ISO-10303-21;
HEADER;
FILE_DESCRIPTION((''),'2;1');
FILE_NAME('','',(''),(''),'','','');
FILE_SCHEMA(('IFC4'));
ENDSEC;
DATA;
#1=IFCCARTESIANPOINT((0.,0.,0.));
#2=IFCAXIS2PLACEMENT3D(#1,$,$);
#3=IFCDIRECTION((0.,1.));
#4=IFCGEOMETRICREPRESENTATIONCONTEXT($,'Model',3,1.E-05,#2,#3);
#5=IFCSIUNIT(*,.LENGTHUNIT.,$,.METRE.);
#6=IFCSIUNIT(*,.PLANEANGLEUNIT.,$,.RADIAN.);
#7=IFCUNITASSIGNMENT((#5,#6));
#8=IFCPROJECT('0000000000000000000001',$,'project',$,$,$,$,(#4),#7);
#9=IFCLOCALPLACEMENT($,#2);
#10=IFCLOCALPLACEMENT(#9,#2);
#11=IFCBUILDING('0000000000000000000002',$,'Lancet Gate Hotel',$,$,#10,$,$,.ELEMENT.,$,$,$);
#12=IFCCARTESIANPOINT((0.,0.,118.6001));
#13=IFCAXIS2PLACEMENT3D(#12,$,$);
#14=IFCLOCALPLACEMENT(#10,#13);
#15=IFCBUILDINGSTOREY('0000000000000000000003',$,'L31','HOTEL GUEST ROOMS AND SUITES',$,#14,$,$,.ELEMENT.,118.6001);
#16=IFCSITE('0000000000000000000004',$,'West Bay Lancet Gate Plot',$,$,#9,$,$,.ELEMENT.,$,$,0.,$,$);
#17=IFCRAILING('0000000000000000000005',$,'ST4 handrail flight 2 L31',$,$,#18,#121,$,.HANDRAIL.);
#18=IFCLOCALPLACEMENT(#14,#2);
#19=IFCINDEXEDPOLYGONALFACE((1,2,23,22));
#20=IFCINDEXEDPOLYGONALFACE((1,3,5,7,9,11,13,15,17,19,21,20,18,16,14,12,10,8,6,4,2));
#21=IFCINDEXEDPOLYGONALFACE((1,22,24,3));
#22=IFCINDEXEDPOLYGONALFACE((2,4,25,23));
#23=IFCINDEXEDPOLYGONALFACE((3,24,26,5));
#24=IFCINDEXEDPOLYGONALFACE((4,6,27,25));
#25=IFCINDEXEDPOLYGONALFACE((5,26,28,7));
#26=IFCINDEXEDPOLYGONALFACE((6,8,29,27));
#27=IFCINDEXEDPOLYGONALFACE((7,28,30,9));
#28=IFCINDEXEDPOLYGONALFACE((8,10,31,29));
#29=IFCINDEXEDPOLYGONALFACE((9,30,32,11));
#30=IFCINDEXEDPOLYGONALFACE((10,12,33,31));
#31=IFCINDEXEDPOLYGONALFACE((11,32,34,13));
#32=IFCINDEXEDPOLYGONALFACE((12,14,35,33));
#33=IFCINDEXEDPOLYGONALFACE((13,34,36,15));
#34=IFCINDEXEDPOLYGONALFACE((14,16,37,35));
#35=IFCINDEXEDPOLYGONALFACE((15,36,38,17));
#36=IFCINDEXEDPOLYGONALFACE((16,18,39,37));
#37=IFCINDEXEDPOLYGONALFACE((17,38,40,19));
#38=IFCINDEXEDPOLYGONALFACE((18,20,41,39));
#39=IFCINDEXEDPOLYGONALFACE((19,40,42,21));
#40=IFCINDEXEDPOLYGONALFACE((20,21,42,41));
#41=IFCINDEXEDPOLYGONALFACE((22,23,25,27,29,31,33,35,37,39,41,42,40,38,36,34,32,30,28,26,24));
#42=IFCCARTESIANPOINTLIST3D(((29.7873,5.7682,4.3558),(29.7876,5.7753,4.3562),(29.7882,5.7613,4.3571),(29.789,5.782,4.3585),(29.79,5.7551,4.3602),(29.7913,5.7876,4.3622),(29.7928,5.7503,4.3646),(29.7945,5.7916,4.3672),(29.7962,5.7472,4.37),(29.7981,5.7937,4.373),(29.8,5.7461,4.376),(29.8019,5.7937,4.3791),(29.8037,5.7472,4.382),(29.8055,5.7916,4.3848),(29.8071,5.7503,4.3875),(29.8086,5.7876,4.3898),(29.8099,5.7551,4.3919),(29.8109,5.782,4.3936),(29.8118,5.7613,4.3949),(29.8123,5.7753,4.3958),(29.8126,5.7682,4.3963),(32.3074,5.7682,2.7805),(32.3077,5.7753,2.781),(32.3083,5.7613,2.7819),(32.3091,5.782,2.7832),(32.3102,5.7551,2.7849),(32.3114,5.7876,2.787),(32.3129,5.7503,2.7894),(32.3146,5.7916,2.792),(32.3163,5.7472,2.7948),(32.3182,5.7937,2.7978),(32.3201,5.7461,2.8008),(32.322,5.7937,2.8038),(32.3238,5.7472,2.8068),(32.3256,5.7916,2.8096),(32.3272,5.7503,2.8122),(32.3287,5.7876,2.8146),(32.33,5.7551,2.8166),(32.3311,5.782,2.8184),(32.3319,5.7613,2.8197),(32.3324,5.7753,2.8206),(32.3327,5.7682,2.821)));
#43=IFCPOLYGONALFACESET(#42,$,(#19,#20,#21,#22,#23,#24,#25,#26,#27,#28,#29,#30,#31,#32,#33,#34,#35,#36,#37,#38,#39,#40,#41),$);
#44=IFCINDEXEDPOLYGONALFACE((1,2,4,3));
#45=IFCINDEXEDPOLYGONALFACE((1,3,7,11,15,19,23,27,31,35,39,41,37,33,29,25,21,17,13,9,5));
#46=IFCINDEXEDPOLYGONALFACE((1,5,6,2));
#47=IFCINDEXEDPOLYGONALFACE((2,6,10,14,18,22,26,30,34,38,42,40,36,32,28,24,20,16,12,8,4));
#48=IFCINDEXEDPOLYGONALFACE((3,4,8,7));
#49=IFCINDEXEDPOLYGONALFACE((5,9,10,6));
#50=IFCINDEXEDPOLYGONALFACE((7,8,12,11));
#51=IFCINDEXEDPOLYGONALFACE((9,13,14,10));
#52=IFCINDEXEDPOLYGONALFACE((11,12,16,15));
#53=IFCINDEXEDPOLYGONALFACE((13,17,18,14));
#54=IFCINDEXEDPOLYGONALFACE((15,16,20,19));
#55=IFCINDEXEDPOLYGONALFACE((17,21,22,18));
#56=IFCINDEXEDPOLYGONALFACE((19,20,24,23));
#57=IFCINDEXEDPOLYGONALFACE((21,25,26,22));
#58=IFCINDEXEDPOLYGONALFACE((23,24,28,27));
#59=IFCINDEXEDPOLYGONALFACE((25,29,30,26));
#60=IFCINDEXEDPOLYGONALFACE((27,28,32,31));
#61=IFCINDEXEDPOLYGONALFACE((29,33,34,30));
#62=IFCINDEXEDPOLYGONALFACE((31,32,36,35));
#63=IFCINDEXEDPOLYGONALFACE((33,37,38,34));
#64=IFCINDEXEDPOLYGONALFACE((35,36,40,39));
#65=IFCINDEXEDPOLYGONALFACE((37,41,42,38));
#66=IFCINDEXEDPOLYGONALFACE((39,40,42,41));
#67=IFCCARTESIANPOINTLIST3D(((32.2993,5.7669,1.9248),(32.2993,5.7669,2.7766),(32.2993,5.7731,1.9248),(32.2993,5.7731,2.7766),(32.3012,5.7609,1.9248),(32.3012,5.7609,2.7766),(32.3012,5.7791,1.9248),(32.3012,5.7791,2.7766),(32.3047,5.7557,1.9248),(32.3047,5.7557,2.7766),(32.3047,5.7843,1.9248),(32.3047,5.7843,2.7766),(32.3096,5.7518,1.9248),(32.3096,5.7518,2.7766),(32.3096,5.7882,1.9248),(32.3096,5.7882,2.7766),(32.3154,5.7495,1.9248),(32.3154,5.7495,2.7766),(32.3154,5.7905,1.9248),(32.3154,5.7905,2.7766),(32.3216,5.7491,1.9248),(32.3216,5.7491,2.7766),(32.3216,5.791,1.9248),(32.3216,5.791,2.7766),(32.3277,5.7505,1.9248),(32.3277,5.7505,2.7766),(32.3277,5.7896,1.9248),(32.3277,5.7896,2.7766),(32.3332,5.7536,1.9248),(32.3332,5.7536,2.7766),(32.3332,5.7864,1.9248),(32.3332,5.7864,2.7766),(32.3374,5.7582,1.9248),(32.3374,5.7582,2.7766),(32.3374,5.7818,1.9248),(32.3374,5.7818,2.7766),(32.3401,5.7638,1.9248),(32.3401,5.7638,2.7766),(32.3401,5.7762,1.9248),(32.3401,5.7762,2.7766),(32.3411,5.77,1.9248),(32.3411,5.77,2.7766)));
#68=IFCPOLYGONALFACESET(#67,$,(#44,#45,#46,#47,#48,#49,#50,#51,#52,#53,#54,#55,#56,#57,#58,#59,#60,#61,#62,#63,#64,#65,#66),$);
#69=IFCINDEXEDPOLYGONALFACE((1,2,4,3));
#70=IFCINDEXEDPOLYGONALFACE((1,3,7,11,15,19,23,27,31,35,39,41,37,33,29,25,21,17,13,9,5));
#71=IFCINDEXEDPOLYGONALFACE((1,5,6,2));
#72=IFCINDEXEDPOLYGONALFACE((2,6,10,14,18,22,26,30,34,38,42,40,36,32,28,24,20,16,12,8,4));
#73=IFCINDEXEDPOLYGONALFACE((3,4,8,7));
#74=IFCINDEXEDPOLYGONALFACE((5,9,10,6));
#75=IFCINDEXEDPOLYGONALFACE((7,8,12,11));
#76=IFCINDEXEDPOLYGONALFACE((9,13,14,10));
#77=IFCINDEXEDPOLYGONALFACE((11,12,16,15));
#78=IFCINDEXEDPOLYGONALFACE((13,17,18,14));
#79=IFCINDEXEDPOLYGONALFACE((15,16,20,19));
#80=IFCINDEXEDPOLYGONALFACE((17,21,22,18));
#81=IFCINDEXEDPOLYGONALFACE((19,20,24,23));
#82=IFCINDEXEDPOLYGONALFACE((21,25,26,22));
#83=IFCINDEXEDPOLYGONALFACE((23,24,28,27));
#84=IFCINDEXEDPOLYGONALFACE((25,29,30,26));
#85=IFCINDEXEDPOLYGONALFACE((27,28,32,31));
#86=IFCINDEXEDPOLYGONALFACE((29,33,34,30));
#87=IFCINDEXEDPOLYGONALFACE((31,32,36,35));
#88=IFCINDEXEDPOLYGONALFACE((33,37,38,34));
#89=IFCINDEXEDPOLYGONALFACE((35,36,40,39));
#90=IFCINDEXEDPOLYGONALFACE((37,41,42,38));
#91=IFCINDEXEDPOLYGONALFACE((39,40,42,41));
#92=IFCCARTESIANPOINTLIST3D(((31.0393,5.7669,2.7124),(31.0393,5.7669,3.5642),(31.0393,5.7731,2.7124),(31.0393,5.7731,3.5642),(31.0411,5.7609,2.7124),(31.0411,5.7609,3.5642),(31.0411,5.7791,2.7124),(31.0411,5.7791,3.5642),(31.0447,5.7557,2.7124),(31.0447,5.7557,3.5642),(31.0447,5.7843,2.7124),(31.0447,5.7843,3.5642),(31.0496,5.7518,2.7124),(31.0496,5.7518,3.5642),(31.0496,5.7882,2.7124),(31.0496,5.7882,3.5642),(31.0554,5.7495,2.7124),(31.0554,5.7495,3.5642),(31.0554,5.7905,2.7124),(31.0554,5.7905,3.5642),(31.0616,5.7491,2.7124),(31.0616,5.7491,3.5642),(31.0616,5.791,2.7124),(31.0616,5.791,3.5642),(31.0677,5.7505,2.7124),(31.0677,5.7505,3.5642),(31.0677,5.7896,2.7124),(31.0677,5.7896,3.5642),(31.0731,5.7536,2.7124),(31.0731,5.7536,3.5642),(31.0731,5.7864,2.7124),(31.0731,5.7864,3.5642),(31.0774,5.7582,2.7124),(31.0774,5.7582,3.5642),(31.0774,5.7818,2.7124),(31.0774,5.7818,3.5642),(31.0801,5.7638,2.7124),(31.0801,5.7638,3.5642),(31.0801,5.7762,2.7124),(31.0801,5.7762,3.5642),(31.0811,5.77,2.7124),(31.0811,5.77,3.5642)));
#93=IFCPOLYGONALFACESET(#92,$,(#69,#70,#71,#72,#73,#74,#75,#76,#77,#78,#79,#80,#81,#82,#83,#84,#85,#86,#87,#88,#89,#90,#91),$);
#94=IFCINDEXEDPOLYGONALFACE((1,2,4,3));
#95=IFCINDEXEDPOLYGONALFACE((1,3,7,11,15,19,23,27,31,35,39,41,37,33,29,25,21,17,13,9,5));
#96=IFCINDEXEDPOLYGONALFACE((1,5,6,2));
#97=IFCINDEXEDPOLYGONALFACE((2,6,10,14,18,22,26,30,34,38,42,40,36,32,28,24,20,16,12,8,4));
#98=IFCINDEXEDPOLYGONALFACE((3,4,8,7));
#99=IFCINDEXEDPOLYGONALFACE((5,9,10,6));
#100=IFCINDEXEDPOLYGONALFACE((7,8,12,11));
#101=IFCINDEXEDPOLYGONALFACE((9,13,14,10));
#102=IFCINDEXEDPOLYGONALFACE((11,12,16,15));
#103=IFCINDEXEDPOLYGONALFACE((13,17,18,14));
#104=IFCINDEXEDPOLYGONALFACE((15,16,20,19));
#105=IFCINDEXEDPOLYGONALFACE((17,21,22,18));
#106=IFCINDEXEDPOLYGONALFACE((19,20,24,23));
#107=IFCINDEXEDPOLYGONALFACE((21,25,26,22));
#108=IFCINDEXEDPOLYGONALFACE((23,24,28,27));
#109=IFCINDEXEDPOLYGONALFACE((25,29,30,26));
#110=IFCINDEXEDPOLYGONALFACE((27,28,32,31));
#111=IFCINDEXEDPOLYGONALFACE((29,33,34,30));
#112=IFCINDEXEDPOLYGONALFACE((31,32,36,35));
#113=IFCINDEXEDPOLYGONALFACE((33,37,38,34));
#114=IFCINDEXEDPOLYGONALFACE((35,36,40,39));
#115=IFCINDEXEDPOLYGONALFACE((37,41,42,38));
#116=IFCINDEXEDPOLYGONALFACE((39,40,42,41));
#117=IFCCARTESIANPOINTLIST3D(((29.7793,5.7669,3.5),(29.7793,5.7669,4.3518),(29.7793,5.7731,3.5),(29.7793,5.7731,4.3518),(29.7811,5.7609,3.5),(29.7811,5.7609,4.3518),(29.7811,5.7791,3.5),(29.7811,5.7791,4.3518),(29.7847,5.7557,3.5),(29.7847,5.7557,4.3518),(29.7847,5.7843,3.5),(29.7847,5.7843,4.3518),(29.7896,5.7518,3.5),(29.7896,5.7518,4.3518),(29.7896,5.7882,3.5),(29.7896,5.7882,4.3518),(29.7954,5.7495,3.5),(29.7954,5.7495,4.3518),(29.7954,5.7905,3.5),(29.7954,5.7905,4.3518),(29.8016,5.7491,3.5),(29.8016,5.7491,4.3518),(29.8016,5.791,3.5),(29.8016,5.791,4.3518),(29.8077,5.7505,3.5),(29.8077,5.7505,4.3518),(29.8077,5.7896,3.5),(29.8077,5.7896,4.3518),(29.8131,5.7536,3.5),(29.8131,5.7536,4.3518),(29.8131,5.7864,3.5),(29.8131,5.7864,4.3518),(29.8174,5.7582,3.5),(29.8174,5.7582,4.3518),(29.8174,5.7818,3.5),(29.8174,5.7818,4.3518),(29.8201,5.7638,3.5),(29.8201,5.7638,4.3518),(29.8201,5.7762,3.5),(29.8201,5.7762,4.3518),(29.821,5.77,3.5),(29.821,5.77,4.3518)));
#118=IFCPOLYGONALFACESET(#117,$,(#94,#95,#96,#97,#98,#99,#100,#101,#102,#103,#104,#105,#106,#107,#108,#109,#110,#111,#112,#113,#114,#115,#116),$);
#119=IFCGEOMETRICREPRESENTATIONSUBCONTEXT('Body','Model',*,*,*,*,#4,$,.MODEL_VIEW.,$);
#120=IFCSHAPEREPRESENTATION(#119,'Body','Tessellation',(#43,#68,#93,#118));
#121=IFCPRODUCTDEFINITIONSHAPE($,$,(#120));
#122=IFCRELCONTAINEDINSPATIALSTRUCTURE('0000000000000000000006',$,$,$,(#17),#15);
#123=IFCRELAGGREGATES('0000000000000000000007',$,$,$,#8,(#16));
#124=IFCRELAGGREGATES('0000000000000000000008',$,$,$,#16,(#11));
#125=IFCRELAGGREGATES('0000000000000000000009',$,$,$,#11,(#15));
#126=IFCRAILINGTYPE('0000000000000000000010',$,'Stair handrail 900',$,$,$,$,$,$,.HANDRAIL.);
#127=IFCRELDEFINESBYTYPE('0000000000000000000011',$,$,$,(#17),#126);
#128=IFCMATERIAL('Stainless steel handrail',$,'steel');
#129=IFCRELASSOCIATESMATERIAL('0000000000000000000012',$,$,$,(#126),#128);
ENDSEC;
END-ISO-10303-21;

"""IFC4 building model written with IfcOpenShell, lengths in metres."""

from ifc_helpers import new_model, si_unit, direction, frame, origin, origin_2d, place, context, subcontext, project, spatial, circle, extrude, material, type_object, element, save


model = new_model("IFC4")

# Units and contexts
model_context = context("Model", 3, precision=1e-05, world=origin(), true_north=direction((0.0, 1.0)))
body_context = subcontext(model_context, "Body", "Model", "MODEL_VIEW")
ifc_project = project(units=[si_unit("LENGTHUNIT", "METRE"), si_unit("PLANEANGLEUNIT", "RADIAN")], contexts=[model_context])

# Site, building, storey
site_placement = place(None, origin())
site = spatial("IfcSite", under=ifc_project, at=site_placement, Name="West Bay Lancet Gate Plot", CompositionType="ELEMENT", RefElevation=0.0)
building_placement = place(site_placement, origin())
building = spatial("IfcBuilding", under=site, at=building_placement, Name="Lancet Gate Hotel", CompositionType="ELEMENT")
storey_placement = place(building_placement, frame((0.0, 0.0, 118.6001)))
storey = spatial("IfcBuildingStorey", under=building, at=storey_placement, Name="L31", Description="HOTEL GUEST ROOMS AND SUITES", CompositionType="ELEMENT", Elevation=118.6001)

# Railing
ifc_material_1 = material(Name="Stainless steel handrail", Category="steel")
railing_type = type_object("IfcRailingType", Name="Stair handrail 900", PredefinedType="HANDRAIL", material=ifc_material_1)
railing_1_placement = place(storey_placement, frame((32.3201, 5.77, 1.9248)))
element("IfcRailing", 1, at=railing_1_placement, inside=storey, type_object=railing_type, Name="ST4 handrail flight 2 L31", PredefinedType="HANDRAIL", context=body_context, shape_type="SweptSolid", body=[
    extrude(circle(Radius=0.0239, at=origin_2d()), frame((0.0, 0.0, 0.876), z_axis=(-0.847971, 0.0, 0.530043), x_axis=(0.0, -1.0, 0.0)), (0.0, 0.0, 1.0), 2.9719),
    extrude(circle(Radius=0.021, at=origin_2d()), origin(), (0.0, 0.0, 1.0), 0.8518),
    extrude(circle(Radius=0.021, at=origin_2d()), frame((-1.26, 0.0, 0.7876)), (0.0, 0.0, 1.0), 0.8518),
    extrude(circle(Radius=0.021, at=origin_2d()), frame((-2.52, 0.0, 1.5752)), (0.0, 0.0, 1.0), 0.8518),
])

save(model, "model.ifc")
